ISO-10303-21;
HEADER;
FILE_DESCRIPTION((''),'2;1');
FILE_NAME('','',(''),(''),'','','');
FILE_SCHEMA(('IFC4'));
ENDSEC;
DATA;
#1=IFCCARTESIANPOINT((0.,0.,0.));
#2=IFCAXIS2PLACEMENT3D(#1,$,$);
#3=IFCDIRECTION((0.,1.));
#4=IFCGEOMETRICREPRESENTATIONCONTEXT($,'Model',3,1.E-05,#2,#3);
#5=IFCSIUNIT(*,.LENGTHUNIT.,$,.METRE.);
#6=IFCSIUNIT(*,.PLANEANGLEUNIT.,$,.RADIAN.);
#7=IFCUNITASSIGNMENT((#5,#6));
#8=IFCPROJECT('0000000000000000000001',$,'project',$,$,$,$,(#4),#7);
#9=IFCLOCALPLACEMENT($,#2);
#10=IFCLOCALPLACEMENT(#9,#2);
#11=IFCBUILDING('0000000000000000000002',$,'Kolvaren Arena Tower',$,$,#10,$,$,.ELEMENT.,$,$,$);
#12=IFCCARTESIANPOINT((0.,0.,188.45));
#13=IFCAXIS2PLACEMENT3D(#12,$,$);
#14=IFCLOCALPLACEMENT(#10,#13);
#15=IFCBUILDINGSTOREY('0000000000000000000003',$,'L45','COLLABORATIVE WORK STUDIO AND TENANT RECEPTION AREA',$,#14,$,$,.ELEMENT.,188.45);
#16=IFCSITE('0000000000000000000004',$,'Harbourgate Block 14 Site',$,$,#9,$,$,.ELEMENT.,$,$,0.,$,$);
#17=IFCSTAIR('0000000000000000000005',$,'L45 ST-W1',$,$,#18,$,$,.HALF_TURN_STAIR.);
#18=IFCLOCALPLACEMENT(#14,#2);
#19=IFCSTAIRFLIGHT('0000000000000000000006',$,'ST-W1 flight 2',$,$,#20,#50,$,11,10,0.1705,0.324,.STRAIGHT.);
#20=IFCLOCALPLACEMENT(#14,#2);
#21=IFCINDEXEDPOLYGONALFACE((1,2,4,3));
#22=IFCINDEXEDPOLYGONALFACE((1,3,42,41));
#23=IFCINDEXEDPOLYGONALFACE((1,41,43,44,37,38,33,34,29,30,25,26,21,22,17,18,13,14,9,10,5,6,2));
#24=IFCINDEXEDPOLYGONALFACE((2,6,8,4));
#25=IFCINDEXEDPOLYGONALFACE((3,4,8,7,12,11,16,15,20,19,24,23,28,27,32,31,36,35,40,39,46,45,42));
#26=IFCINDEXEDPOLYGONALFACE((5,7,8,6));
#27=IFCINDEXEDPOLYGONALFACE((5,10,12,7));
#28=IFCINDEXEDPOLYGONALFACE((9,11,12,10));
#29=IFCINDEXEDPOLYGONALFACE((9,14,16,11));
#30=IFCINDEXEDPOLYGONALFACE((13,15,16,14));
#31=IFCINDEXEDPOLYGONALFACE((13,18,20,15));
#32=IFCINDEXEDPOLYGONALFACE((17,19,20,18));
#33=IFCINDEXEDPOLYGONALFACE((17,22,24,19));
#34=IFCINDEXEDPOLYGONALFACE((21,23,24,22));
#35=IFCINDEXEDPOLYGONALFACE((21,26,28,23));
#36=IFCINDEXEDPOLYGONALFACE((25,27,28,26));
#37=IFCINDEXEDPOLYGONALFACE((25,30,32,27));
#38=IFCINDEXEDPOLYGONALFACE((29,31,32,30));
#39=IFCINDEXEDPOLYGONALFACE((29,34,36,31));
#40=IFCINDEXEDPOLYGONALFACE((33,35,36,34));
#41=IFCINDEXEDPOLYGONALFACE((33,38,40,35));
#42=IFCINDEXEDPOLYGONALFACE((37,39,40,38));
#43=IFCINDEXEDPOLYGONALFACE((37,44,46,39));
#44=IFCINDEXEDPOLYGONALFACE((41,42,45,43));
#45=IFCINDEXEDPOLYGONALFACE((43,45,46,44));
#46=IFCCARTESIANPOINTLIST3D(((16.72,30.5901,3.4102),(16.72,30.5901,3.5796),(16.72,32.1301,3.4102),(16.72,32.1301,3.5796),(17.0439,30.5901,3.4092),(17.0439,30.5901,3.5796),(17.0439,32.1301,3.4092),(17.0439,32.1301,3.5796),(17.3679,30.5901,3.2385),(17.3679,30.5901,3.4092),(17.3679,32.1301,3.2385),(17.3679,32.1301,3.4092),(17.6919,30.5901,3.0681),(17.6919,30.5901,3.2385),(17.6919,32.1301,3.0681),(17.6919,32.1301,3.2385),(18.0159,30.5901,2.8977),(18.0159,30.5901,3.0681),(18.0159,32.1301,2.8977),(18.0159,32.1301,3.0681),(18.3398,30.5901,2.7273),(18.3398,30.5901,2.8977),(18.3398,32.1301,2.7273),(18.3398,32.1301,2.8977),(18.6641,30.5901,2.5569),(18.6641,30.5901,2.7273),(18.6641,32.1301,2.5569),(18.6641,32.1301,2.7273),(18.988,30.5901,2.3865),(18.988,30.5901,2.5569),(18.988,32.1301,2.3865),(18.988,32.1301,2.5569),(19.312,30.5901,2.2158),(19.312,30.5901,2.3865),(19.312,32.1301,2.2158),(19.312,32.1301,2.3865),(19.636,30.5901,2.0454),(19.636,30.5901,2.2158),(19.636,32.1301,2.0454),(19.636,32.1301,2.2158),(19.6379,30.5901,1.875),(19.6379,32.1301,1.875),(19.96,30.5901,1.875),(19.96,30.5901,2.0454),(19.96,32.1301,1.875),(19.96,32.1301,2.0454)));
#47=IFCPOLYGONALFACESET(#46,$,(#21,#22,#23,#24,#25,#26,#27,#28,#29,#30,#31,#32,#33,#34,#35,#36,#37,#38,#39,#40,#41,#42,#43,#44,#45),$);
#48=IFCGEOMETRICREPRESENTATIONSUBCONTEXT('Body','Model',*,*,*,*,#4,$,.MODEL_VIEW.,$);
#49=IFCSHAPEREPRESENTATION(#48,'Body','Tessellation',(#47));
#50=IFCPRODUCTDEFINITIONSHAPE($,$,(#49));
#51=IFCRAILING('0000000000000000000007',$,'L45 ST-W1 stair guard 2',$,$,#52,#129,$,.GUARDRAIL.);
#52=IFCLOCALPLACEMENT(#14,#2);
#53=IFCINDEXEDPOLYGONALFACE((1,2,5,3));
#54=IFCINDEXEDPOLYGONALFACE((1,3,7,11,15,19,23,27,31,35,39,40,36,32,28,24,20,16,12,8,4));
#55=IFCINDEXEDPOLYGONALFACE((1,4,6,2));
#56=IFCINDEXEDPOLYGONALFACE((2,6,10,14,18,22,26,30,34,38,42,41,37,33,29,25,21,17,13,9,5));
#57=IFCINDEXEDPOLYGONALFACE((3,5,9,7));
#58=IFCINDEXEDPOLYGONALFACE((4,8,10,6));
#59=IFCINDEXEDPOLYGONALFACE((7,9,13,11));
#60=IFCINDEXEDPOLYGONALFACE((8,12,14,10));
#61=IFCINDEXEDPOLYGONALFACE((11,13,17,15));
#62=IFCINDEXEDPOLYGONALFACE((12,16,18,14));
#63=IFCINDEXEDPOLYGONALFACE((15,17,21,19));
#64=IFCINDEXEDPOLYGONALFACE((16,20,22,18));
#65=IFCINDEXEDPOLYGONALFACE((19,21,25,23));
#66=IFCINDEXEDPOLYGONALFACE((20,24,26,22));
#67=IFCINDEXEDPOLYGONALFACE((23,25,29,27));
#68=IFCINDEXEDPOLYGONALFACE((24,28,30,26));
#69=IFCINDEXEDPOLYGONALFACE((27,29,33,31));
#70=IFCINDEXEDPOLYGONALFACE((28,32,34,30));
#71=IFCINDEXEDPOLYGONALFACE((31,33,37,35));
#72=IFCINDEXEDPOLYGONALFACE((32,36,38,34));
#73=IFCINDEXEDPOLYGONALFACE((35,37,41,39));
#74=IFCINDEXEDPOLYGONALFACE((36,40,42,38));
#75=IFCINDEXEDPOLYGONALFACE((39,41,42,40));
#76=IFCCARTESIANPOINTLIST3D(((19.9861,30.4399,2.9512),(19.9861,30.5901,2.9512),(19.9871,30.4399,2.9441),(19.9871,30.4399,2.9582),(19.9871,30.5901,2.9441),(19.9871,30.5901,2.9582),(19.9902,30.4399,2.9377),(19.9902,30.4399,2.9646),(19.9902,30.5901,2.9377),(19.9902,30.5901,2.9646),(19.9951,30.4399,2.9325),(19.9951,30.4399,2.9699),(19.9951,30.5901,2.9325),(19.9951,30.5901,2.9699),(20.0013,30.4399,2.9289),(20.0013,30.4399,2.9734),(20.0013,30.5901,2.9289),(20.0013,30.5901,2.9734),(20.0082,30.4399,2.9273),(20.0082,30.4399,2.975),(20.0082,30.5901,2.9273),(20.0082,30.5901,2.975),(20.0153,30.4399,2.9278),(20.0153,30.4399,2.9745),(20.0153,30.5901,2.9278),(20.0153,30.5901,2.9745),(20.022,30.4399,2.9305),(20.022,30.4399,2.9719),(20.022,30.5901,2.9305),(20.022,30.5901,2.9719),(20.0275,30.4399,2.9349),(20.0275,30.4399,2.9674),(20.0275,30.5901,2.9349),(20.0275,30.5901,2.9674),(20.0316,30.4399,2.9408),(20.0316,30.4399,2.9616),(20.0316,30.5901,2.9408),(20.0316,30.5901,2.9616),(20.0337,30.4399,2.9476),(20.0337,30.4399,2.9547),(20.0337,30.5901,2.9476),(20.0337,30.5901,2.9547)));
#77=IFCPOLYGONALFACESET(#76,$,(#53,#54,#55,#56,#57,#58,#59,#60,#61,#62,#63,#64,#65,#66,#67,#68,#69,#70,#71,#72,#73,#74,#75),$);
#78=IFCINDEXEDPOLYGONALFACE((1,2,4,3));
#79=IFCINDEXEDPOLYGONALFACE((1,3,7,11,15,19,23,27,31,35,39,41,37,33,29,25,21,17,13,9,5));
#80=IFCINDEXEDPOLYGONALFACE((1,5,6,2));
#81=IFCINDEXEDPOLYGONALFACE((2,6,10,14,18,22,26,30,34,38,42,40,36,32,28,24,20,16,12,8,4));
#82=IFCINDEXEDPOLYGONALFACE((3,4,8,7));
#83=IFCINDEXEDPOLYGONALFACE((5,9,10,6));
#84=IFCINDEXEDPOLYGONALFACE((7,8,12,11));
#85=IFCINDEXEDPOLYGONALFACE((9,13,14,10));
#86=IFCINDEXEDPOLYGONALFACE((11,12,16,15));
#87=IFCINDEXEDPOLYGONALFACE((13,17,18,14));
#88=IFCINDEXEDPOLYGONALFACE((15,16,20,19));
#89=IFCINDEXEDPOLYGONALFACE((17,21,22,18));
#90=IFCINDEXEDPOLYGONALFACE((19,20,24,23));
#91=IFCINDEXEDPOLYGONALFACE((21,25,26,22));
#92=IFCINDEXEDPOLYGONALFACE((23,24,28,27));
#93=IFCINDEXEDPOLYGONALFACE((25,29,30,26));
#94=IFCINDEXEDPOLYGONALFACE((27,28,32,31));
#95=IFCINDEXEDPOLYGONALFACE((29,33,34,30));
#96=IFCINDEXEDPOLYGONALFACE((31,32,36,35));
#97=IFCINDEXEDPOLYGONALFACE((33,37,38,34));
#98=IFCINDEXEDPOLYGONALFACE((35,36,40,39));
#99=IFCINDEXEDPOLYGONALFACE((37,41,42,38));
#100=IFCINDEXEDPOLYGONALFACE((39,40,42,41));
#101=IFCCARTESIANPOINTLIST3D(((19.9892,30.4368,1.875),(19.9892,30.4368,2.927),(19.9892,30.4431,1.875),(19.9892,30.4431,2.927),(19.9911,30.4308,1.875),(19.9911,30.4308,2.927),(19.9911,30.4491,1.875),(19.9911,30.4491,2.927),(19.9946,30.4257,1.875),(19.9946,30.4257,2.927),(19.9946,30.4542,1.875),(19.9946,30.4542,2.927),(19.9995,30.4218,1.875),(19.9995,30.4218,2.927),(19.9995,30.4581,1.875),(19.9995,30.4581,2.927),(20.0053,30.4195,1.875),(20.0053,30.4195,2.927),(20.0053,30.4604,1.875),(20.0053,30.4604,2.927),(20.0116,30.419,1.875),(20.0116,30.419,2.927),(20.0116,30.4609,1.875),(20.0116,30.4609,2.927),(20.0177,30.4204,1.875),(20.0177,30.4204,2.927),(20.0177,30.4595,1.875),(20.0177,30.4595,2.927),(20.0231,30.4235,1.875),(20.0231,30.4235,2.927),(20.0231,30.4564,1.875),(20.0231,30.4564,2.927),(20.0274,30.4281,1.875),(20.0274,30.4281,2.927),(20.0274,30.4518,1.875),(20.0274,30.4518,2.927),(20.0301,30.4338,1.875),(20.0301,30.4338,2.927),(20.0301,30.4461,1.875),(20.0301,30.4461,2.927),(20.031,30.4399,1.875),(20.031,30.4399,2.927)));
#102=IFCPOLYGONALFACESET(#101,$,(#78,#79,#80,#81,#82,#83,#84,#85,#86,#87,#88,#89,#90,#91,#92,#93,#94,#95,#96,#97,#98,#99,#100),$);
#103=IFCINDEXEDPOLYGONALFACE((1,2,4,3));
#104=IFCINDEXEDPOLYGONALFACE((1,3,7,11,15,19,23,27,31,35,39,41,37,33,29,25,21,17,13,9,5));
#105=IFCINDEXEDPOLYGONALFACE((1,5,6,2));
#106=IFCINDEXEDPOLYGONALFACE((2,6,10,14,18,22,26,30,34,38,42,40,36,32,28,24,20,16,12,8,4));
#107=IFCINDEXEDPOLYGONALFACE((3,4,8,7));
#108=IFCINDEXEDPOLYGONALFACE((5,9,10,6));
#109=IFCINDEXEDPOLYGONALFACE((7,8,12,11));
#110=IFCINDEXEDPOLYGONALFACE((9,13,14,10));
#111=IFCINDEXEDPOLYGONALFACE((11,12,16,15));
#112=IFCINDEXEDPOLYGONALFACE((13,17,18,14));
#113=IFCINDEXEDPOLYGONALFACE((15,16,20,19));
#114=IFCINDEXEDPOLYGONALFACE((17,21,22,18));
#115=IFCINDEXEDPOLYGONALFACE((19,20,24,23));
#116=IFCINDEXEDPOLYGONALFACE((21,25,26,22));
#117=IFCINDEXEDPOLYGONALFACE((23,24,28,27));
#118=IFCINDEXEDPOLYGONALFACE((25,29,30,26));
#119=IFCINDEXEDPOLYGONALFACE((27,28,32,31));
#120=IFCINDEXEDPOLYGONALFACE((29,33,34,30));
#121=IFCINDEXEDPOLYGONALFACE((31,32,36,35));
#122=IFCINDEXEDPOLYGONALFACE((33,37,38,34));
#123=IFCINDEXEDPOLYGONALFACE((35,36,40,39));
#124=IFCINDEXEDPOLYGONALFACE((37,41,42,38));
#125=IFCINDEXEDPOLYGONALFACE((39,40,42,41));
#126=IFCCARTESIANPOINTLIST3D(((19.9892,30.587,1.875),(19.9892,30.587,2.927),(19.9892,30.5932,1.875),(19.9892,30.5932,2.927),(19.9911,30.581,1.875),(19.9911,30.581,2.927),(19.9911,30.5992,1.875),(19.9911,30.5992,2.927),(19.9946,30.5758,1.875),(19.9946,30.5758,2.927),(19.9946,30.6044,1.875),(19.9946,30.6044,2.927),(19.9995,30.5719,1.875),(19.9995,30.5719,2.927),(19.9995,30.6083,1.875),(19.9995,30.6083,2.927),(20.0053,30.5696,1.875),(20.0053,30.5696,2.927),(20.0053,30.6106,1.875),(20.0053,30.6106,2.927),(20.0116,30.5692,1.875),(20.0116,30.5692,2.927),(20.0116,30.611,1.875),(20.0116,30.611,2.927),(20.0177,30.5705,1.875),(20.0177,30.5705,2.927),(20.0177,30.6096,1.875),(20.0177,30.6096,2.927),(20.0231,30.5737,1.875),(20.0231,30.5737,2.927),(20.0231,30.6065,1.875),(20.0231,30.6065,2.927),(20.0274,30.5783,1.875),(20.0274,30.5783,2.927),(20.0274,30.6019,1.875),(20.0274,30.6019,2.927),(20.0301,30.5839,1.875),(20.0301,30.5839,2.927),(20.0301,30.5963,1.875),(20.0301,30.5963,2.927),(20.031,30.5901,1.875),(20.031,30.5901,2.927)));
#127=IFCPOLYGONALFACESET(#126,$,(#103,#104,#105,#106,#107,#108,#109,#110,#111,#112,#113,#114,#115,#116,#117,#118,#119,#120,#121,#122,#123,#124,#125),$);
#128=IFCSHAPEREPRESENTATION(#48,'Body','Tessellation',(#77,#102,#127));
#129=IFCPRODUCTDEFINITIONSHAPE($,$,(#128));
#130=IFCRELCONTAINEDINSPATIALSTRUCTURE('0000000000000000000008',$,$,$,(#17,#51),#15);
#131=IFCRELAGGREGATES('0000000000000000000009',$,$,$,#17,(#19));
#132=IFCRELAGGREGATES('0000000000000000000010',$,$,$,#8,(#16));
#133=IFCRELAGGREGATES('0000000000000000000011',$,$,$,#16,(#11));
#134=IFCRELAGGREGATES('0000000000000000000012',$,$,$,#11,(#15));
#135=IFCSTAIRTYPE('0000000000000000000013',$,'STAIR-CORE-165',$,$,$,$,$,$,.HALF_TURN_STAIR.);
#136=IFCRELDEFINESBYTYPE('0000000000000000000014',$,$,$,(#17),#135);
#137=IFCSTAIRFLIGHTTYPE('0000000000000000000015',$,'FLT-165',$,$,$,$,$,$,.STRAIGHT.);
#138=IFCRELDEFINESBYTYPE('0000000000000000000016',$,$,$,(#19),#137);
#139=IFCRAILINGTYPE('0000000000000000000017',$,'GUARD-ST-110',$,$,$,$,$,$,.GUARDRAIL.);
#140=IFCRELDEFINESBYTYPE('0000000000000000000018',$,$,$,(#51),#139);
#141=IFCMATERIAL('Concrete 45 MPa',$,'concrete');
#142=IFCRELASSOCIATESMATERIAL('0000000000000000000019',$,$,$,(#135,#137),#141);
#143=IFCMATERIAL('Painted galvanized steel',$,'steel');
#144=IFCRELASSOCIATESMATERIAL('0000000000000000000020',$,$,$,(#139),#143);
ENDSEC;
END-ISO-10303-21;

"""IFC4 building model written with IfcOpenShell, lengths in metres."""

from ifc_helpers import new_model, si_unit, direction, frame, origin, origin_2d, place, context, subcontext, project, spatial, polyline, circle, outline, extrude, material, type_object, element, aggregate, save


model = new_model("IFC4")

# Units and contexts
model_context = context("Model", 3, precision=1e-05, world=origin(), true_north=direction((0.0, 1.0)))
body_context = subcontext(model_context, "Body", "Model", "MODEL_VIEW")
ifc_project = project(units=[si_unit("LENGTHUNIT", "METRE"), si_unit("PLANEANGLEUNIT", "RADIAN")], contexts=[model_context])

# Site, building, storey
site_placement = place(None, origin())
site = spatial("IfcSite", under=ifc_project, at=site_placement, Name="Harbourgate Block 14 Site", CompositionType="ELEMENT", RefElevation=0.0)
building_placement = place(site_placement, origin())
building = spatial("IfcBuilding", under=site, at=building_placement, Name="Kolvaren Arena Tower", CompositionType="ELEMENT")
storey_placement = place(building_placement, frame((0.0, 0.0, 188.45)))
storey = spatial("IfcBuildingStorey", under=building, at=storey_placement, Name="L45", Description="COLLABORATIVE WORK STUDIO AND TENANT RECEPTION AREA", CompositionType="ELEMENT", Elevation=188.45)

# Shared definitions
ifc_material_1 = material(Name="Concrete 45 MPa", Category="concrete")

# Stair, stair flight
stair_type = type_object("IfcStairType", Name="STAIR-CORE-165", PredefinedType="HALF_TURN_STAIR", material=ifc_material_1)
stair_placement = place(storey_placement, origin())
stair = element("IfcStair", 1, at=stair_placement, inside=storey, type_object=stair_type, Name="L45 ST-W1", PredefinedType="HALF_TURN_STAIR")
stair_flight_type = type_object("IfcStairFlightType", Name="FLT-165", PredefinedType="STRAIGHT", material=ifc_material_1)
stair_flight_placement = place(storey_placement, frame((19.96, 31.3601, 1.875), z_axis=(0.0, 0.0, 1.0), x_axis=(-1.0, 0.0, 0.0)))
stair_flight = element("IfcStairFlight", 2, at=stair_flight_placement, type_object=stair_flight_type, Name="ST-W1 flight 2", NumberOfRisers=11, NumberOfTreads=10, PredefinedType="STRAIGHT", RiserHeight=0.1705, TreadLength=0.324, context=body_context, shape_type="SweptSolid", body=[
    extrude(outline(polyline([(0.0, 0.0), (0.0, 0.1704), (0.324, 0.1704), (0.324, 0.3408), (0.6479, 0.3408), (0.6479, 0.5115), (0.9719, 0.5115), (0.9719, 0.6819), (1.2959, 0.6819), (1.2959, 0.8523), (1.6201, 0.8523), (1.6201, 1.0227), (1.9441, 1.0227), (1.9441, 1.1931), (2.2681, 1.1931), (2.2681, 1.3635), (2.592, 1.3635), (2.592, 1.5342), (2.916, 1.5342), (2.916, 1.7046), (3.24, 1.7046), (3.24, 1.875), (3.24, 1.5352), (0.322, 0.0), (0.0, 0.0)])), frame((0.0, 0.77, 0.0), z_axis=(0.0, -1.0, 0.0), x_axis=(1.0, 0.0, 0.0)), (0.0, 0.0, 1.0), 1.54),
])
aggregate(stair, [stair_flight])

# Railing
ifc_material_2 = material(Name="Painted galvanized steel", Category="steel")
railing_type_1 = type_object("IfcRailingType", Name="GUARD-ST-110", PredefinedType="GUARDRAIL", material=ifc_material_2)
railing_1_placement = place(storey_placement, frame((20.01, 30.4399, 1.875)))
element("IfcRailing", 3, at=railing_1_placement, inside=storey, type_object=railing_type_1, Name="L45 ST-W1 stair guard 2", PredefinedType="GUARDRAIL", context=body_context, shape_type="SweptSolid", body=[
    extrude(circle(Radius=0.0239, at=origin_2d()), frame((0.0, 0.0, 1.0762), z_axis=(0.0, 1.0, 0.0), x_axis=(-1.0, 0.0, 0.0)), (0.0, 0.0, 1.0), 0.1501),
    extrude(circle(Radius=0.021, at=origin_2d()), origin(), (0.0, 0.0, 1.0), 1.052),
    extrude(circle(Radius=0.021, at=origin_2d()), frame((0.0, 0.1501, 0.0)), (0.0, 0.0, 1.0), 1.052),
])

save(model, "model.ifc")
